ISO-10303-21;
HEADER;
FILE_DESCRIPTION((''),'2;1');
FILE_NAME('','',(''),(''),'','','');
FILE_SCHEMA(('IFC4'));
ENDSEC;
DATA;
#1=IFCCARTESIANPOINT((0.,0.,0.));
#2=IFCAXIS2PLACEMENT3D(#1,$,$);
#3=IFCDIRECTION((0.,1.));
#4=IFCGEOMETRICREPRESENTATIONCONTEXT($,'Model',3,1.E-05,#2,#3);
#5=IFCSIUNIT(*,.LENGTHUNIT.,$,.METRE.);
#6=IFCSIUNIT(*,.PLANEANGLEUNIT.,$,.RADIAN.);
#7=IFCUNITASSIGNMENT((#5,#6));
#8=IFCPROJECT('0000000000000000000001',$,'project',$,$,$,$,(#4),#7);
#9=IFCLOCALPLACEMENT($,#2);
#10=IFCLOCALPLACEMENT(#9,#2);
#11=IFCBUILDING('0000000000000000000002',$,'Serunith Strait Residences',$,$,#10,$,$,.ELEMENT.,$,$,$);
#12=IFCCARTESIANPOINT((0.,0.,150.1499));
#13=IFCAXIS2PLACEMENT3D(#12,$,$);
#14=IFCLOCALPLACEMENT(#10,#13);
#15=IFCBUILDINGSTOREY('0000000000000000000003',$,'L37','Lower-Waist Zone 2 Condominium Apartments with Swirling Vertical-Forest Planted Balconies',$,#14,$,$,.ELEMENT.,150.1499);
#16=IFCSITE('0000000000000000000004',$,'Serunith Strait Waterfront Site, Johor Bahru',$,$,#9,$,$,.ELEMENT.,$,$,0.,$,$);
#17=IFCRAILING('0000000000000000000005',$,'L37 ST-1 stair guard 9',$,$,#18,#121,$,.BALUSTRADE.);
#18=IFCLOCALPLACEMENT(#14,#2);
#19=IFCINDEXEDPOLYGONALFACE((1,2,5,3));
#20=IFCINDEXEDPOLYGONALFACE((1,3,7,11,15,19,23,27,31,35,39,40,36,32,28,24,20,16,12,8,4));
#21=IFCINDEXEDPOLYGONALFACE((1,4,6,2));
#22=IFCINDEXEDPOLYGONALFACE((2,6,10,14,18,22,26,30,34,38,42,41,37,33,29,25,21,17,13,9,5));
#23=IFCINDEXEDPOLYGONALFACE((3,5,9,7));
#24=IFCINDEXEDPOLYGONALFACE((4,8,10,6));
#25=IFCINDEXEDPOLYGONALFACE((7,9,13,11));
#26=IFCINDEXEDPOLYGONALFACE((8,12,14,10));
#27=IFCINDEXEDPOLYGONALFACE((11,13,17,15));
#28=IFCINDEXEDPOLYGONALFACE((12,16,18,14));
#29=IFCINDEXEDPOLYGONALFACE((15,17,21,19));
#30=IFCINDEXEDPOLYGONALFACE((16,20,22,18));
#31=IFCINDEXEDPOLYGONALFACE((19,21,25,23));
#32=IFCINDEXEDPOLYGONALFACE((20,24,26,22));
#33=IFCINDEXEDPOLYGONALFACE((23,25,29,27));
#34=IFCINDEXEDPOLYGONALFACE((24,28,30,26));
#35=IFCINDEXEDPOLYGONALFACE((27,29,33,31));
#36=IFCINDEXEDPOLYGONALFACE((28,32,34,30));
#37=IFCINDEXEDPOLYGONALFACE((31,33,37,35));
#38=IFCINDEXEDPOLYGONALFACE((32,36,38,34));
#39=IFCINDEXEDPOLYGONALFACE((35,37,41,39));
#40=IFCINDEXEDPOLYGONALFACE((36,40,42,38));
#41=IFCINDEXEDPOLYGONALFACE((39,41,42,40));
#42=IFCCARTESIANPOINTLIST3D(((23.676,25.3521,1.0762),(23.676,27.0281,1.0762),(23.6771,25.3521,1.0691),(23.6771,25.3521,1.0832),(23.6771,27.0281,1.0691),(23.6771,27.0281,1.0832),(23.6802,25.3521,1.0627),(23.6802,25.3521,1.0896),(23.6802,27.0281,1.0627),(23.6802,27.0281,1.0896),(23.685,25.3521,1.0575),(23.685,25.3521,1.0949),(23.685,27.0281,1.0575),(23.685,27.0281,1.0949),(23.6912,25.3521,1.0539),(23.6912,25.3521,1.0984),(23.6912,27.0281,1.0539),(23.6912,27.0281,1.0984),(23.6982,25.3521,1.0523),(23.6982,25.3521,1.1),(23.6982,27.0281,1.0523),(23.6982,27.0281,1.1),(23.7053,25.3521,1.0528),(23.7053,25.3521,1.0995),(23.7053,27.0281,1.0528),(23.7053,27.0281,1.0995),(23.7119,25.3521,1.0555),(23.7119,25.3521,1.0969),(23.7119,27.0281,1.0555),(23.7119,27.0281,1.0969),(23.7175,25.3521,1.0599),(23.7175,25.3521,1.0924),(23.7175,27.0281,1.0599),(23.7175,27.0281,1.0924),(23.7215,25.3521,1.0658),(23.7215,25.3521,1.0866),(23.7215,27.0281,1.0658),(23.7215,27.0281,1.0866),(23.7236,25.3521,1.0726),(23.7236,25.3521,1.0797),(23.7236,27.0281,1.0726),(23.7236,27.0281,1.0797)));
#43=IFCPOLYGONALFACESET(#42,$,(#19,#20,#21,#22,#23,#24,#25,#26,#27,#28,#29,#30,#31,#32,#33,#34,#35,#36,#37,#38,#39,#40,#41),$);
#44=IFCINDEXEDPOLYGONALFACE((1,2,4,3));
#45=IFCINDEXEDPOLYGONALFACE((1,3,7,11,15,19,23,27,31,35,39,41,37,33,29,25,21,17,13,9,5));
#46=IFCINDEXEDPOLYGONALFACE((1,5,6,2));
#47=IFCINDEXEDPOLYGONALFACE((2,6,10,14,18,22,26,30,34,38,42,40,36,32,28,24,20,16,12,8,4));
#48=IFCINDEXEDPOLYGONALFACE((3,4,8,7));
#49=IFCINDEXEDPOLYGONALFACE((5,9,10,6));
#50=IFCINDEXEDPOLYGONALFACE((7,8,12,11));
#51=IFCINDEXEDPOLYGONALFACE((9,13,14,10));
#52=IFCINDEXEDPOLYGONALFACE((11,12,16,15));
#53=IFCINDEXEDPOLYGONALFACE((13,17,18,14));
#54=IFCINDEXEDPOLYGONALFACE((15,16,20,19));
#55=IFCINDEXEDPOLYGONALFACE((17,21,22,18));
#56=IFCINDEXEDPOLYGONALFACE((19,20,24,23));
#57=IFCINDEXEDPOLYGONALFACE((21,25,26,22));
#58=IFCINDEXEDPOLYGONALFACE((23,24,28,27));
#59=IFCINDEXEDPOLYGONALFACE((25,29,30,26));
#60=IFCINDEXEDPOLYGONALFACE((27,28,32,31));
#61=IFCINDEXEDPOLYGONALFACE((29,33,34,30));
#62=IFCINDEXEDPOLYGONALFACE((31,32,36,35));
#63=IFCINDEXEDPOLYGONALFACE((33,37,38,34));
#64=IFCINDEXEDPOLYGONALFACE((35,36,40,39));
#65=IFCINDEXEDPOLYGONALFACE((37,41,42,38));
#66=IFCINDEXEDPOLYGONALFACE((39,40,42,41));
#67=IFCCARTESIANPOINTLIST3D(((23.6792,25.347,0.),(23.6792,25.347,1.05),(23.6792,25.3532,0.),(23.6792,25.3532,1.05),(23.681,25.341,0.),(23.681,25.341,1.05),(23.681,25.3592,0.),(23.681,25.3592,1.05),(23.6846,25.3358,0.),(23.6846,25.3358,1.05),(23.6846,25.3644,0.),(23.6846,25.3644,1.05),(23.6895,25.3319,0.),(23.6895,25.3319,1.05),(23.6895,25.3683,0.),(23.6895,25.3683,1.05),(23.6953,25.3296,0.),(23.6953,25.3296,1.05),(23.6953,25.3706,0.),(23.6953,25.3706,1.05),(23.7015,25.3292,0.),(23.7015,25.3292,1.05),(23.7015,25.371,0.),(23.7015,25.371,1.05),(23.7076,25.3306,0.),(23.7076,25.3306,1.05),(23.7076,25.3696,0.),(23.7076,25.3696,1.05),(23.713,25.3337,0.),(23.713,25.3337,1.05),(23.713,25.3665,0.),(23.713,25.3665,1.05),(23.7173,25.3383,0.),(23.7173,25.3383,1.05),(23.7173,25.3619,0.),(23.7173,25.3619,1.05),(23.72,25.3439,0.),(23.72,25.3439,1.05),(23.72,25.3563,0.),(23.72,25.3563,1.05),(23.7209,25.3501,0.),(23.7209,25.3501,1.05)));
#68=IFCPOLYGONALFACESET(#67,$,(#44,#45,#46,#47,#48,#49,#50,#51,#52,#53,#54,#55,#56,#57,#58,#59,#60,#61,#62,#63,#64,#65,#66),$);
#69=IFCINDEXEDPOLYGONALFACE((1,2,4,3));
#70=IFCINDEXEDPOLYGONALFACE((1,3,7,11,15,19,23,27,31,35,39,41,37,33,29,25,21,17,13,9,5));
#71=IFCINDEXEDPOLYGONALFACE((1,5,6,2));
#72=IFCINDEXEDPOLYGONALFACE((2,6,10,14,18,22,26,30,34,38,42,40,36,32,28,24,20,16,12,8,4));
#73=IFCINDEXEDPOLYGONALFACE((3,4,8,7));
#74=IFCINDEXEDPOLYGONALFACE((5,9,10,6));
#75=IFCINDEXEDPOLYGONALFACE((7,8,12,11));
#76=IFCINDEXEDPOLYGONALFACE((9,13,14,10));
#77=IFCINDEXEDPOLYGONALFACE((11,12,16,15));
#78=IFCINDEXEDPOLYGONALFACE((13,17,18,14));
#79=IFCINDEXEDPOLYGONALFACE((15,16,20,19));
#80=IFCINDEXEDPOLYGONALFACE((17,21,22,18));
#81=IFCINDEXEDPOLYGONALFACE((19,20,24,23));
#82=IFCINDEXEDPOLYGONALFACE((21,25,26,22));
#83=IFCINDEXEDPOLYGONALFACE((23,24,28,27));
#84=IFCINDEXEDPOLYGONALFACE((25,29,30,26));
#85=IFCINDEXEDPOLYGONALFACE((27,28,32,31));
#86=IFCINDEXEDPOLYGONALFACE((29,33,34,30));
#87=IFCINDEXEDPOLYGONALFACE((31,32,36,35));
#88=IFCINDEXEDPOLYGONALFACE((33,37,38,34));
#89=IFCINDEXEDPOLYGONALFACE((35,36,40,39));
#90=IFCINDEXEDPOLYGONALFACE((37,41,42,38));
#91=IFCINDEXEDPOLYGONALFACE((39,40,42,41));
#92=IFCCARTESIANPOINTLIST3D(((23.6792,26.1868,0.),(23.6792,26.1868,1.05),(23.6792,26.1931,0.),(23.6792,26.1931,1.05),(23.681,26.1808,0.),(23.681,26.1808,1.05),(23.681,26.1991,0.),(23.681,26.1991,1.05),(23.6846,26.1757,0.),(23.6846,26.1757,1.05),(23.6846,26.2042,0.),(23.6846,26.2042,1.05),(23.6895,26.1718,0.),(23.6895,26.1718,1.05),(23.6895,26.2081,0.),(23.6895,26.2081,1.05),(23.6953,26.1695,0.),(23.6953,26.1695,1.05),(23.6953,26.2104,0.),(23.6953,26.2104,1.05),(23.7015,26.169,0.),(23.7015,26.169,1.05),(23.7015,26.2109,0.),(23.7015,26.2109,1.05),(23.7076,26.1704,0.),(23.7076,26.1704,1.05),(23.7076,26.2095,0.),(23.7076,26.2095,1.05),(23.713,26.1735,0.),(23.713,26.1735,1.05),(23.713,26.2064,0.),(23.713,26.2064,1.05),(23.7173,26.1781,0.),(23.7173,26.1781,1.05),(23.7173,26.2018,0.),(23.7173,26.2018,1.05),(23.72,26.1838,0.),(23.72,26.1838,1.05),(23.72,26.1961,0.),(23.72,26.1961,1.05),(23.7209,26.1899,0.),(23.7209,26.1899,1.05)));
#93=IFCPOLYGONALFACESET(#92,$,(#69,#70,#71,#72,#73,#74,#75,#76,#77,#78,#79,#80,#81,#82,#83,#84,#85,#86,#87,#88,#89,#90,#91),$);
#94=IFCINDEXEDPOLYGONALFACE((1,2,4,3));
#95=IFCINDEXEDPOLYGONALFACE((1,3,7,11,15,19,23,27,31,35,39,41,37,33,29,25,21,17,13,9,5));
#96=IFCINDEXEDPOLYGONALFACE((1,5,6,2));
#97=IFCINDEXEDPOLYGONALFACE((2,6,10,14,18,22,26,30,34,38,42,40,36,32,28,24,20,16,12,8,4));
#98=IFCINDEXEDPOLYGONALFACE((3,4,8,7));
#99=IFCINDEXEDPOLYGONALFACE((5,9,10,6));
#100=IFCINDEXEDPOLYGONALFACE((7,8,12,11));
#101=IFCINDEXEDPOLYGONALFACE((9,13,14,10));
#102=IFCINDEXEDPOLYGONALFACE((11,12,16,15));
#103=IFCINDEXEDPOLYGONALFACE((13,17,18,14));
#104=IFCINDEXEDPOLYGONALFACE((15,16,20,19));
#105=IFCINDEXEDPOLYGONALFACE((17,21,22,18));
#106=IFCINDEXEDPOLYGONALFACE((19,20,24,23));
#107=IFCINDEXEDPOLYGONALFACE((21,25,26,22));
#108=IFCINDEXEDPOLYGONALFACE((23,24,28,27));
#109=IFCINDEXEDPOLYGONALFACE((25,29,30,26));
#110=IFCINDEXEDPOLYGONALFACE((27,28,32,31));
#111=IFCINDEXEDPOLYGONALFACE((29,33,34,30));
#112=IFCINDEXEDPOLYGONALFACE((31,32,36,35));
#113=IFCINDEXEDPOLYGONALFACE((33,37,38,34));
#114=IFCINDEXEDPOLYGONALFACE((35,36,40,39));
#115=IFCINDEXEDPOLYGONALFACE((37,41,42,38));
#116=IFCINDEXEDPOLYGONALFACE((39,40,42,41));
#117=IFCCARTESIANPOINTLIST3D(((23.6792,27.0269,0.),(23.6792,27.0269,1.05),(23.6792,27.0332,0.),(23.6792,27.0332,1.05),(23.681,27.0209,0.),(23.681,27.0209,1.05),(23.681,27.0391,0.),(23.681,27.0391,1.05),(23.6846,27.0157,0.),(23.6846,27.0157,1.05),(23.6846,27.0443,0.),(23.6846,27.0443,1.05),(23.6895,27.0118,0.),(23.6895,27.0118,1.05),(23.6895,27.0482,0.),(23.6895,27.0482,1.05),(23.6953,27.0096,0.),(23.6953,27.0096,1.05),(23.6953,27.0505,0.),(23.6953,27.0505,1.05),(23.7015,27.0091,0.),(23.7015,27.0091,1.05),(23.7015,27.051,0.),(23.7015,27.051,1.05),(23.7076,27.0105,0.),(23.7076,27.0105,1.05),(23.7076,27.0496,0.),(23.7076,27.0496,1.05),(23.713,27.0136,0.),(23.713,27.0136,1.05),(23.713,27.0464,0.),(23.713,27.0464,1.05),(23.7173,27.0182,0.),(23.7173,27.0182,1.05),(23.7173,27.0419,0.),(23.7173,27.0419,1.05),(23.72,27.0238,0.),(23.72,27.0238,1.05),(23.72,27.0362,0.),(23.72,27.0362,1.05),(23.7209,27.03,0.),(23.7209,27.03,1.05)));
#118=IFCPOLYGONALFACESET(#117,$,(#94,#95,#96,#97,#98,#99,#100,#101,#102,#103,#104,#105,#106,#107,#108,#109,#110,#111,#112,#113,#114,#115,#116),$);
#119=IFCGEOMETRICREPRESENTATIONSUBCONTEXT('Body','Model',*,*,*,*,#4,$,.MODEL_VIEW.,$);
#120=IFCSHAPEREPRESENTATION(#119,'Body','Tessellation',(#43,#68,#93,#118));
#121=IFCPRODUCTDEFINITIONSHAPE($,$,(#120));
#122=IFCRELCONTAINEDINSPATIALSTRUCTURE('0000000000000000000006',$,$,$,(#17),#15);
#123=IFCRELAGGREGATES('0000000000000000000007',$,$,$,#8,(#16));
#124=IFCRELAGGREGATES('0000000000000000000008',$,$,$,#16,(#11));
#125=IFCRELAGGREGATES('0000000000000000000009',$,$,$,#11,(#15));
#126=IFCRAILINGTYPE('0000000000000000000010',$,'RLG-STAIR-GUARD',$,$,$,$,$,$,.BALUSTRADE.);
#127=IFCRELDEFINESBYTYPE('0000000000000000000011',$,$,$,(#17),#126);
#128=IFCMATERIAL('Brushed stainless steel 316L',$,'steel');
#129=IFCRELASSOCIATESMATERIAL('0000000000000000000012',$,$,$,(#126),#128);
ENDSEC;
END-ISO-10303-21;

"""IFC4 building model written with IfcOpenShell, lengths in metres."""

from ifc_helpers import new_model, si_unit, direction, frame, origin, origin_2d, place, context, subcontext, project, spatial, circle, extrude, material, type_object, element, save


model = new_model("IFC4")

# Units and contexts
model_context = context("Model", 3, precision=1e-05, world=origin(), true_north=direction((0.0, 1.0)))
body_context = subcontext(model_context, "Body", "Model", "MODEL_VIEW")
ifc_project = project(units=[si_unit("LENGTHUNIT", "METRE"), si_unit("PLANEANGLEUNIT", "RADIAN")], contexts=[model_context])

# Site, building, storey
site_placement = place(None, origin())
site = spatial("IfcSite", under=ifc_project, at=site_placement, Name="Serunith Strait Waterfront Site, Johor Bahru", CompositionType="ELEMENT", RefElevation=0.0)
building_placement = place(site_placement, origin())
building = spatial("IfcBuilding", under=site, at=building_placement, Name="Serunith Strait Residences", CompositionType="ELEMENT")
storey_placement = place(building_placement, frame((0.0, 0.0, 150.1499)))
storey = spatial("IfcBuildingStorey", under=building, at=storey_placement, Name="L37", Description="Lower-Waist Zone 2 Condominium Apartments with Swirling Vertical-Forest Planted Balconies", CompositionType="ELEMENT", Elevation=150.1499)

# Railing
ifc_material_1 = material(Name="Brushed stainless steel 316L", Category="steel")
railing_type_1 = type_object("IfcRailingType", Name="RLG-STAIR-GUARD", PredefinedType="BALUSTRADE", material=ifc_material_1)
for number, where, name in (
    (1, (23.7, 25.3501, 0.0), "L37 ST-1 stair guard 9"),
):
    element("IfcRailing", number, at=place(storey_placement, frame(where)), inside=storey, type_object=railing_type_1, Name=name, PredefinedType="BALUSTRADE", context=body_context, shape_type="SweptSolid", body=[
        extrude(circle(Radius=0.0239, at=origin_2d()), frame((0.0, 0.002, 1.0762), z_axis=(0.0, 1.0, 0.0), x_axis=(-1.0, 0.0, 0.0)), (0.0, 0.0, 1.0), 1.676),
        extrude(circle(Radius=0.021, at=origin_2d()), origin(), (0.0, 0.0, 1.0), 1.05),
        extrude(circle(Radius=0.021, at=origin_2d()), frame((0.0, 0.8398, 0.0)), (0.0, 0.0, 1.0), 1.05),
        extrude(circle(Radius=0.021, at=origin_2d()), frame((0.0, 1.6799, 0.0)), (0.0, 0.0, 1.0), 1.05),
    ])

save(model, "model.ifc")
